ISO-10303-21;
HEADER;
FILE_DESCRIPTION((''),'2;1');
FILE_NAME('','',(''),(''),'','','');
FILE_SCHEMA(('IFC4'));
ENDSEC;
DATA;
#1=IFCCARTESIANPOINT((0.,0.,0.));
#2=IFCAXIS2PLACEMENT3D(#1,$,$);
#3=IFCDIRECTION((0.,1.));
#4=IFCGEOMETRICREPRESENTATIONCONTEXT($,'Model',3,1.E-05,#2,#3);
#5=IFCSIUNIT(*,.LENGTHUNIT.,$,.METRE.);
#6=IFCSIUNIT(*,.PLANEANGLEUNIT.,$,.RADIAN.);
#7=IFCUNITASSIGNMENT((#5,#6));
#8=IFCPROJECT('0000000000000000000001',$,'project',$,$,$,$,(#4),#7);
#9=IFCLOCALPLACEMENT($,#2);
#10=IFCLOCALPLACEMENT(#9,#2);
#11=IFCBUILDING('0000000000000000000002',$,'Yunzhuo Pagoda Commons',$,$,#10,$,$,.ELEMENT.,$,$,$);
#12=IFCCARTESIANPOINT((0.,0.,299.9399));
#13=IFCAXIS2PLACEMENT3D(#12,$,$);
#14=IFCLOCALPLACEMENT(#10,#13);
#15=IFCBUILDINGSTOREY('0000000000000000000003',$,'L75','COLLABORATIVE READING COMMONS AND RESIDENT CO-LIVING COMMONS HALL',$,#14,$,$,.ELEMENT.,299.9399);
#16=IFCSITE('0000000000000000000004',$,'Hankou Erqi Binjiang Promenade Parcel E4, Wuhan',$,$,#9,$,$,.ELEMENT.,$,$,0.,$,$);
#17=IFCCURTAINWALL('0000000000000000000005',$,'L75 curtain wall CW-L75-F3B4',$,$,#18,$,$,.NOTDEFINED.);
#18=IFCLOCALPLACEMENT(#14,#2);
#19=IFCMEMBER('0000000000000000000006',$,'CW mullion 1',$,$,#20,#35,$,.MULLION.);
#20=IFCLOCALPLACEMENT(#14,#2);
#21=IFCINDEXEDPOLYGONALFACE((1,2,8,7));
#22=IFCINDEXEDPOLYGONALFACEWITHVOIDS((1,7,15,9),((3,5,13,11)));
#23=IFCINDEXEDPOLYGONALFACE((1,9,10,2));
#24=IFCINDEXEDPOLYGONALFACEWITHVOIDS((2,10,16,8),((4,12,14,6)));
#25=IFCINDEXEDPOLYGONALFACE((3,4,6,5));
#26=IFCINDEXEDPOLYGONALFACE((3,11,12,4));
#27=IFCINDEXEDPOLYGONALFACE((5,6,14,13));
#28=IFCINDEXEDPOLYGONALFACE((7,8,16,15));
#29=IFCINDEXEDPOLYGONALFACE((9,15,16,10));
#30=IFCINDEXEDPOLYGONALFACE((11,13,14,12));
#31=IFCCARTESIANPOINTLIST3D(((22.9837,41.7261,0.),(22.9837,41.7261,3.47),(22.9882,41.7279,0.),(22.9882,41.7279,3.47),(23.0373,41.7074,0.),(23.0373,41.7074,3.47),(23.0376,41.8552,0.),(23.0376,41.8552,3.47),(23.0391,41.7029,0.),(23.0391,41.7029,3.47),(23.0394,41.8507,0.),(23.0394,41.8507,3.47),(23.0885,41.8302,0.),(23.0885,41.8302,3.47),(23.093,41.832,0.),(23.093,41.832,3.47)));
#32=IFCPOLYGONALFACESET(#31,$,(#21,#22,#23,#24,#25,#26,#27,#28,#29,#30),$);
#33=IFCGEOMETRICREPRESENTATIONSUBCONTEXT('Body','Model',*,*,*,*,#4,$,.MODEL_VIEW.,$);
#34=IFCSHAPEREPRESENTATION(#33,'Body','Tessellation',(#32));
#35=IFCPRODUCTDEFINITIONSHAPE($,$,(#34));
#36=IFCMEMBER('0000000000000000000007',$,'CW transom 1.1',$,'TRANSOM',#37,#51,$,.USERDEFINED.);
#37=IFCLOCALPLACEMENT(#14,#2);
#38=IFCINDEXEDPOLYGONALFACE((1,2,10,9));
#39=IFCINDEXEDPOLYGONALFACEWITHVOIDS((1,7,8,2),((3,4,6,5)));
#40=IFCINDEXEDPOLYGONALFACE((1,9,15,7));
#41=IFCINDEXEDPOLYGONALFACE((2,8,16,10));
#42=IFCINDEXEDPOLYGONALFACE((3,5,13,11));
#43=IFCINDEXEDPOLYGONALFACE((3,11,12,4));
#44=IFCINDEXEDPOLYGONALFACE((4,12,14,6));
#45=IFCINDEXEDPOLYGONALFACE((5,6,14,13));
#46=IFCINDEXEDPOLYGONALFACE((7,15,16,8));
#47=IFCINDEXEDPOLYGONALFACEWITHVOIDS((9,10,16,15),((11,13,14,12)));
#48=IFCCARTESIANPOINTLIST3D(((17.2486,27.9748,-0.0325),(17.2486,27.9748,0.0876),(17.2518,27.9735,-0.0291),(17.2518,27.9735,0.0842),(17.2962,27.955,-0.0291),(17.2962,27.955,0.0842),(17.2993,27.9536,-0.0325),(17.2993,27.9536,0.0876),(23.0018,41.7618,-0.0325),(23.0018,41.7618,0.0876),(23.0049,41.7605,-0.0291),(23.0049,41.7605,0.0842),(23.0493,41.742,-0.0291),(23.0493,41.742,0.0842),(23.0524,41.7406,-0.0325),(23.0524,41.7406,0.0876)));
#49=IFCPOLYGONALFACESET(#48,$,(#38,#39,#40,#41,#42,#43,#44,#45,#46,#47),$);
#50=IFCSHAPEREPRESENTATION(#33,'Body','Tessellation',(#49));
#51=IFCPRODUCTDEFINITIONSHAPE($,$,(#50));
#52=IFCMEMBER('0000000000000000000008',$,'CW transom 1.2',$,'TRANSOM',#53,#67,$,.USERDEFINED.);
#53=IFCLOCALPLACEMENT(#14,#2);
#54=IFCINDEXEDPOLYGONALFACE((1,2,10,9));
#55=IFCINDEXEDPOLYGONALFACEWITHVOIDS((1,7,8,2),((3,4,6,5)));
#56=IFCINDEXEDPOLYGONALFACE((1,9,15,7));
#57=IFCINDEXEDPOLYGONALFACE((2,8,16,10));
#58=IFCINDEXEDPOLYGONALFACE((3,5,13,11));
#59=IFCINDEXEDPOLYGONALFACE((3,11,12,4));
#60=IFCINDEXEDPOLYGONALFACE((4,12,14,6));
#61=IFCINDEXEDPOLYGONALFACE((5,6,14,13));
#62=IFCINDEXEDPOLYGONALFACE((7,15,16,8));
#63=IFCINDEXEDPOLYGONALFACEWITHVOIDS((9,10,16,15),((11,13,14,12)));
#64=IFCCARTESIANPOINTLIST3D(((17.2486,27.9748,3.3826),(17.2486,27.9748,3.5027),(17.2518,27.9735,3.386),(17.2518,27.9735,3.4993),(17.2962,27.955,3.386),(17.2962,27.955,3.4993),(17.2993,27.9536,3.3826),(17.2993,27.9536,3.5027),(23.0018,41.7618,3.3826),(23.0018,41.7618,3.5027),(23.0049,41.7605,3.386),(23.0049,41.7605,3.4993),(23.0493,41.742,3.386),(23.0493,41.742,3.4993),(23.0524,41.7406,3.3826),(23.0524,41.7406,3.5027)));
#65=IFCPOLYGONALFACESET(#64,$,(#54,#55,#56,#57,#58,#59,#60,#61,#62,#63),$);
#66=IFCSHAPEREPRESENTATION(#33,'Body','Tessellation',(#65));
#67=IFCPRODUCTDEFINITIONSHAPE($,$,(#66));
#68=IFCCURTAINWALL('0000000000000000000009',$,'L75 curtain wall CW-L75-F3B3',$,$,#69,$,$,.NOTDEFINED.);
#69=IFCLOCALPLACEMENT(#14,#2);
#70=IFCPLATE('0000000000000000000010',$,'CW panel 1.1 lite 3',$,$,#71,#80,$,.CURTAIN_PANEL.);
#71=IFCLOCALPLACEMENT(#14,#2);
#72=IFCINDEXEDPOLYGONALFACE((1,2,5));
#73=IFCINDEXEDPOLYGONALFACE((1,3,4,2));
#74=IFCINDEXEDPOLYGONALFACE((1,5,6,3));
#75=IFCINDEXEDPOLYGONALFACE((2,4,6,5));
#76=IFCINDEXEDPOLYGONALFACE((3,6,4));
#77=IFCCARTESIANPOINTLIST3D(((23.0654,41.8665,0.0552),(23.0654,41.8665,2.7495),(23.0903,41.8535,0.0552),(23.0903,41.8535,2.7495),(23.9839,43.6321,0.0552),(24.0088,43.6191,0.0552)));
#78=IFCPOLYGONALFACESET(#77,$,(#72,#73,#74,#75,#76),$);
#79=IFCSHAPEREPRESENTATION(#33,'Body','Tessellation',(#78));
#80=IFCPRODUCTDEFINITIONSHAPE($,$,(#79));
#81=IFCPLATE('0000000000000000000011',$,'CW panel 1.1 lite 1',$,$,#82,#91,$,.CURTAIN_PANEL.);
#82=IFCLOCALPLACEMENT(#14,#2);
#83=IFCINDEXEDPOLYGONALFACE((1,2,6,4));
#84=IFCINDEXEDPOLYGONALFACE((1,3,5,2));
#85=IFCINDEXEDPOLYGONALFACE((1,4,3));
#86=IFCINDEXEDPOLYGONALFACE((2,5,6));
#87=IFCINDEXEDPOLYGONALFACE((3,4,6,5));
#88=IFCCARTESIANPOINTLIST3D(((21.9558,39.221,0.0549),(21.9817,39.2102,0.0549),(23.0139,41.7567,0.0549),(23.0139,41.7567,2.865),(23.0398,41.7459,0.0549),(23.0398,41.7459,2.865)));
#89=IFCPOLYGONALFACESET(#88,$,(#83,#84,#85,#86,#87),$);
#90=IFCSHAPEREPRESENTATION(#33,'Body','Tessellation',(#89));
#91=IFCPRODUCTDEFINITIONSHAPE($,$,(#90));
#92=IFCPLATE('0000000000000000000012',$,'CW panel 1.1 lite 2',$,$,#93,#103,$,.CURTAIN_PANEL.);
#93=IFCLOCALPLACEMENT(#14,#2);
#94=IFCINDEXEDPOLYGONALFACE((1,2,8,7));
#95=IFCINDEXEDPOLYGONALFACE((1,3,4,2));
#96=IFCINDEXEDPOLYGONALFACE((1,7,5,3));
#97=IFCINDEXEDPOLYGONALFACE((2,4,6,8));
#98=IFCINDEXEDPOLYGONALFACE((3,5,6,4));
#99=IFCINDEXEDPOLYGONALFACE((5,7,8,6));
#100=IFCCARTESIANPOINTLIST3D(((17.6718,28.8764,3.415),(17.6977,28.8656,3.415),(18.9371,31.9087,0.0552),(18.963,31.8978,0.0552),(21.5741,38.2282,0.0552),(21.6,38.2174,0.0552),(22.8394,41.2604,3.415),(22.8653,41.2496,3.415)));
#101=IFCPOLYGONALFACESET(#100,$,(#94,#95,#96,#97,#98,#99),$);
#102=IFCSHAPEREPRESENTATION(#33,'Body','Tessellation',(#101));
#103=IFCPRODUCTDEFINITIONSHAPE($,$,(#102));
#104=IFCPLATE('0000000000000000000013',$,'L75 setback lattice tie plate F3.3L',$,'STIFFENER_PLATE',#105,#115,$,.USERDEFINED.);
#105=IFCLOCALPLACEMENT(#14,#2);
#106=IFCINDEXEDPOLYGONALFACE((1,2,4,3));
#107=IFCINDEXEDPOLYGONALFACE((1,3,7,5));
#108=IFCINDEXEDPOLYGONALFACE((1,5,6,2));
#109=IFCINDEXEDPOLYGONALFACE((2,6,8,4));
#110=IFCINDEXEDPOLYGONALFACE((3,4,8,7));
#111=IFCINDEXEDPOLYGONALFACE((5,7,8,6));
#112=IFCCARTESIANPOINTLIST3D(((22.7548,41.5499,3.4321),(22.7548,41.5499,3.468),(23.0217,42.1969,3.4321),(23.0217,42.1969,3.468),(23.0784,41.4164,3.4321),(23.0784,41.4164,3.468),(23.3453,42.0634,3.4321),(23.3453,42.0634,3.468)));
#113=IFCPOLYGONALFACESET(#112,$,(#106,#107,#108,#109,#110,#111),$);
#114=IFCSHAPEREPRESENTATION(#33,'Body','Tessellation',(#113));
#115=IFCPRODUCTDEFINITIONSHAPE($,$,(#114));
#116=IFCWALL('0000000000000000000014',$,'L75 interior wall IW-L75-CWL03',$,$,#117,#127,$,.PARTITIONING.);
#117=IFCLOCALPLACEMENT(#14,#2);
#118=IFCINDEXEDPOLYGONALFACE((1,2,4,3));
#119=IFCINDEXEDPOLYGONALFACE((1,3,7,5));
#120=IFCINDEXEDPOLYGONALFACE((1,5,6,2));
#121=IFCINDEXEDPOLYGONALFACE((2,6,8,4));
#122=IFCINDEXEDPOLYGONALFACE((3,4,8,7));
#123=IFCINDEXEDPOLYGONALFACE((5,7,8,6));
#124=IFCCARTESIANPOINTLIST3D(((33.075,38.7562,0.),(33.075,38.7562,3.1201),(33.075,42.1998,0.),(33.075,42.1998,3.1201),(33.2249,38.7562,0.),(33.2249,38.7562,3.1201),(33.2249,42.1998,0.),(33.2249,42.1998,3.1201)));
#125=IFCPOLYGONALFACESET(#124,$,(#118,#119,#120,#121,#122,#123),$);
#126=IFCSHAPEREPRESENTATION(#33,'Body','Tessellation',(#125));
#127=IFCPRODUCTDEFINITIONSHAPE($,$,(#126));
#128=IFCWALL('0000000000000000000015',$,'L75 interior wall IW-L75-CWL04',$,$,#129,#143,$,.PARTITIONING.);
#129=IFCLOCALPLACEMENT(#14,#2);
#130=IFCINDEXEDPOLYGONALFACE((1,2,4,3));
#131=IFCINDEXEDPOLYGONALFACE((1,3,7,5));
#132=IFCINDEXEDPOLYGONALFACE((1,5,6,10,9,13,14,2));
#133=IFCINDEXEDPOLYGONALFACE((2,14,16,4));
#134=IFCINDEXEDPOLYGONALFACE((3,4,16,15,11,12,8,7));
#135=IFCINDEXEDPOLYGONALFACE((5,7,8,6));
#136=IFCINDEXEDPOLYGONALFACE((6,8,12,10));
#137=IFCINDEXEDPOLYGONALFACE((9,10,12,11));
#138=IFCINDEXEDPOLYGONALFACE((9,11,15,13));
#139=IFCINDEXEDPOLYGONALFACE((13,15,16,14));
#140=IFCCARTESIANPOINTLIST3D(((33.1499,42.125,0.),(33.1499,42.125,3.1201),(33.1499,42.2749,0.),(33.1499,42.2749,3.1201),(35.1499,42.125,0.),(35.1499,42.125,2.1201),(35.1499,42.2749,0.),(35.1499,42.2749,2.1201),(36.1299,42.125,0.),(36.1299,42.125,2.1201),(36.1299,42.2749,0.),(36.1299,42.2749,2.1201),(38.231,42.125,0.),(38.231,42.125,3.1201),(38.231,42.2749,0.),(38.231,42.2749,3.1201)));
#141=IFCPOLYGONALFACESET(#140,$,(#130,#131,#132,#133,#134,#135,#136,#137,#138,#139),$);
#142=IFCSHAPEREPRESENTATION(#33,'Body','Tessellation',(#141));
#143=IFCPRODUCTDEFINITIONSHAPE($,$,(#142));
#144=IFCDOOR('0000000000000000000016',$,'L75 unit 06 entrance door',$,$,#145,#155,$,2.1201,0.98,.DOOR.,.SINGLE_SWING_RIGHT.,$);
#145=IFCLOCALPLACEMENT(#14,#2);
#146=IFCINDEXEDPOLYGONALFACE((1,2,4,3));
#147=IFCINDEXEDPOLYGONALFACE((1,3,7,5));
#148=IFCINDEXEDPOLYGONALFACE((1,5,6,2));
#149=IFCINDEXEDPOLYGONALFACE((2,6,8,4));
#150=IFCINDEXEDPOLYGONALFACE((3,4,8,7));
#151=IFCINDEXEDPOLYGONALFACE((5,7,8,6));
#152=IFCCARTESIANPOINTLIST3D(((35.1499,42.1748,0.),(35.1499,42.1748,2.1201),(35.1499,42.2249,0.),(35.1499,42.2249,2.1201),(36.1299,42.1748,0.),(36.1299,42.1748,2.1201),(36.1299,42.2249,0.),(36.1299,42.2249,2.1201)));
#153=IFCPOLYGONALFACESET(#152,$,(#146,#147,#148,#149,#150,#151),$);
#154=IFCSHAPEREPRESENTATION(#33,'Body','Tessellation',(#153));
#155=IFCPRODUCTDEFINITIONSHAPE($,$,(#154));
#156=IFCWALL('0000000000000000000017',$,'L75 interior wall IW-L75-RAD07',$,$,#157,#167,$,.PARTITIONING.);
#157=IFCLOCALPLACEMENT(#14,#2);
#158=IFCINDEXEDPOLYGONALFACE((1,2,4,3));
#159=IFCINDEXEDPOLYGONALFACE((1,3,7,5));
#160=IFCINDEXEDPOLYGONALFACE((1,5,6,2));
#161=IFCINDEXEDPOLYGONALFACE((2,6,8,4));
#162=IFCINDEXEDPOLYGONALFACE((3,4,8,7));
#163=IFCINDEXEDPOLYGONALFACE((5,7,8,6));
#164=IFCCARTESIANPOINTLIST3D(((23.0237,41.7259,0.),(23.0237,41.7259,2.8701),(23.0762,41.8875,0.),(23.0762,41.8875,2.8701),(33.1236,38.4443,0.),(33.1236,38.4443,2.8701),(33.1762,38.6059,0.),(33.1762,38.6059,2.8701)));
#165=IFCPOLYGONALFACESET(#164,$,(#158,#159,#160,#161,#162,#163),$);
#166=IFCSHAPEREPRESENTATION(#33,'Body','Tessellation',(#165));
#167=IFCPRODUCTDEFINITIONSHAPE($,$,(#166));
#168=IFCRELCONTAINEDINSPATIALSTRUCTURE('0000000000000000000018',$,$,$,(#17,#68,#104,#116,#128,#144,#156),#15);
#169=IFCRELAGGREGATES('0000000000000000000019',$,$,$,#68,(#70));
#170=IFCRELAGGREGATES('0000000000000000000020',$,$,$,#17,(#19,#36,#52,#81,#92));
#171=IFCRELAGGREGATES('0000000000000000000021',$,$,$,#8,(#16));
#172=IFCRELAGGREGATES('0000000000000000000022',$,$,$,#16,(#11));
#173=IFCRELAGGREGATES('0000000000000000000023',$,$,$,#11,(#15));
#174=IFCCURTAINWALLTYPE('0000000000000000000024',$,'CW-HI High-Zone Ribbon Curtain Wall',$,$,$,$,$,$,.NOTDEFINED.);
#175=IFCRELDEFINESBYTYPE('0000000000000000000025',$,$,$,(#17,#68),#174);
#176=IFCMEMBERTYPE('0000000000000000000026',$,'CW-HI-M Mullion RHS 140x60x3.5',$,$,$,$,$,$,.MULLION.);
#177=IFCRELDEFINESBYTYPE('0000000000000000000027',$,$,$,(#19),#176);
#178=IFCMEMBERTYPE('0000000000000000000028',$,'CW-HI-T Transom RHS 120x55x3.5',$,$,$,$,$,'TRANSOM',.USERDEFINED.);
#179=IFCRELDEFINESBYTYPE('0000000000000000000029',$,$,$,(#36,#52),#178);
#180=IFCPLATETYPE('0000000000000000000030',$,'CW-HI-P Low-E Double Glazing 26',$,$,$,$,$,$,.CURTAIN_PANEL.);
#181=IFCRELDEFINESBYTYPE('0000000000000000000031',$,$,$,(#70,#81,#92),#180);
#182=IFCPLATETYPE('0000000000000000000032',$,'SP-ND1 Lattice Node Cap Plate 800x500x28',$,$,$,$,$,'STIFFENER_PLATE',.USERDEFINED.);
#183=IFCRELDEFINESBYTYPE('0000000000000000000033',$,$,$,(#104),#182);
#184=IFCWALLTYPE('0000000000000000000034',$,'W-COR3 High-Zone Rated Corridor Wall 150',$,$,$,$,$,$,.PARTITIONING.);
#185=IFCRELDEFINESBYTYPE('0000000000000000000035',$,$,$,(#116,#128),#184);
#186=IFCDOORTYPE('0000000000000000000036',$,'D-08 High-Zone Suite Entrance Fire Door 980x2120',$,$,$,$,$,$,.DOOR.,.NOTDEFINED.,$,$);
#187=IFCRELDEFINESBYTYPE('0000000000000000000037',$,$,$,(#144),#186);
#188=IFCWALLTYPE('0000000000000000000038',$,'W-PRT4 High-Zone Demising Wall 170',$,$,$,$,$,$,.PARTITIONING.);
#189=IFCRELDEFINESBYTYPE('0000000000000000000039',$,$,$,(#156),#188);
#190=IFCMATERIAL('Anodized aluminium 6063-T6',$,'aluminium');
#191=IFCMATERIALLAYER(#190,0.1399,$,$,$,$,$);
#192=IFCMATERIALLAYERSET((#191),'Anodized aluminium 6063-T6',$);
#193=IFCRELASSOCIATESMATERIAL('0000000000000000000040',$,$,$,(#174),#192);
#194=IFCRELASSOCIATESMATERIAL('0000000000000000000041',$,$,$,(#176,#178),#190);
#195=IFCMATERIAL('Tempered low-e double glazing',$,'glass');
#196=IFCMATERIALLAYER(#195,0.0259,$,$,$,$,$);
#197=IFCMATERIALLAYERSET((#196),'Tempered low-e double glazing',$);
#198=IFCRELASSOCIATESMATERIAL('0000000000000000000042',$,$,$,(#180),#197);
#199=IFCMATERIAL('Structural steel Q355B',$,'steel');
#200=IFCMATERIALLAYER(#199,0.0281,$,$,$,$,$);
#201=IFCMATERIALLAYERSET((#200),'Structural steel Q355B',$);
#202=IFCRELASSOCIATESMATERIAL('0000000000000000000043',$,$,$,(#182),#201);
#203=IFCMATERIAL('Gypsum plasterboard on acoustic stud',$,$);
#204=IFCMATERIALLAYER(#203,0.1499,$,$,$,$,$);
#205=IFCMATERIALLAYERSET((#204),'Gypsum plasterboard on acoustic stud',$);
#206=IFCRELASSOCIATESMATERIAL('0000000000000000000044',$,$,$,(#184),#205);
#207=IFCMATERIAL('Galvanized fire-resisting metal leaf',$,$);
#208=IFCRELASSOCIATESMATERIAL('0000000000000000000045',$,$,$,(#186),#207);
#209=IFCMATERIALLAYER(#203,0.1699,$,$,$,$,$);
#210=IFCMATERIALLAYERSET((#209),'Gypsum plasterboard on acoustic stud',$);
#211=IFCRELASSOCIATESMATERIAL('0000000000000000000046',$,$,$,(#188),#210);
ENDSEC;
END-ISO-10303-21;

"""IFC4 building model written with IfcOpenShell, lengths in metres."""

from ifc_helpers import new_model, si_unit, direction, frame, frame_2d, origin, origin_with_axes, origin_2d, place, context, subcontext, project, spatial, polyline, rectangle, hollow_rectangle, outline, extrude, source, transform, mapped, material, layer, layer_set, material_profile, profile_set, type_object, element, fill, aggregate, save


model = new_model("IFC4")

# Units and contexts
model_context = context("Model", 3, precision=1e-05, world=origin(), true_north=direction((0.0, 1.0)))
body_context = subcontext(model_context, "Body", "Model", "MODEL_VIEW")
ifc_project = project(units=[si_unit("LENGTHUNIT", "METRE"), si_unit("PLANEANGLEUNIT", "RADIAN")], contexts=[model_context])

# Site, building, storey
site_placement = place(None, origin())
site = spatial("IfcSite", under=ifc_project, at=site_placement, Name="Hankou Erqi Binjiang Promenade Parcel E4, Wuhan", CompositionType="ELEMENT", RefElevation=0.0)
building_placement = place(site_placement, origin())
building = spatial("IfcBuilding", under=site, at=building_placement, Name="Yunzhuo Pagoda Commons", CompositionType="ELEMENT")
storey_placement = place(building_placement, frame((0.0, 0.0, 299.9399)))
storey = spatial("IfcBuildingStorey", under=building, at=storey_placement, Name="L75", Description="COLLABORATIVE READING COMMONS AND RESIDENT CO-LIVING COMMONS HALL", CompositionType="ELEMENT", Elevation=299.9399)

# Shared definitions
ifc_material_1 = material(Name="Structural steel Q355B", Category="steel")

# Curtain wall, members
ifc_material_2 = material(Name="Anodized aluminium 6063-T6", Category="aluminium")
ifc_layer_1 = layer(ifc_material_2, 0.1399)
ifc_layer_set_1 = layer_set([ifc_layer_1], Name="Anodized aluminium 6063-T6")
curtain_wall_type = type_object("IfcCurtainWallType", Name="CW-HI High-Zone Ribbon Curtain Wall", PredefinedType="NOTDEFINED", material=ifc_layer_set_1)
curtain_wall_1_placement = place(storey_placement, origin())
curtain_wall_1 = element("IfcCurtainWall", 1, at=curtain_wall_1_placement, inside=storey, type_object=curtain_wall_type, Name="L75 curtain wall CW-L75-F3B4", PredefinedType="NOTDEFINED")
ifc_material_profile_1 = material_profile(ifc_material_2, hollow_rectangle(XDim=0.0601, YDim=0.1399, WallThickness=0.0034, at=origin_2d()), Name="Anodized aluminium 6063-T6")
ifc_profile_set_1 = profile_set([ifc_material_profile_1], Name="Anodized aluminium 6063-T6")
member_type_1 = type_object("IfcMemberType", Name="CW-HI-M Mullion RHS 140x60x3.5", PredefinedType="MULLION", material=ifc_profile_set_1)
shared_shape_1 = source(origin(), body_context, "Body", "SweptSolid", [
    extrude(hollow_rectangle(XDim=0.0601, YDim=0.1399, WallThickness=0.0034, at=origin_2d()), origin(), (0.0, 0.0, 1.0), 3.47),
])
member_1_placement = place(storey_placement, frame((23.0383, 41.7791, 0.0), z_axis=(0.0, 0.0, 1.0), x_axis=(0.922876, -0.385097, 0.0)))
member_1 = element("IfcMember", 2, at=member_1_placement, type_object=member_type_1, Name="CW mullion 1", PredefinedType="MULLION", context=body_context, shape_type="MappedRepresentation", body=[
    mapped(shared_shape_1, transform((0.0, 0.0, 0.0), scale=1.0)),
])
ifc_material_profile_2 = material_profile(ifc_material_2, hollow_rectangle(XDim=0.0549, YDim=0.1201, WallThickness=0.0034, at=origin_2d()), Name="Anodized aluminium 6063-T6")
ifc_profile_set_2 = profile_set([ifc_material_profile_2], Name="Anodized aluminium 6063-T6")
member_type_2 = type_object("IfcMemberType", Name="CW-HI-T Transom RHS 120x55x3.5", ElementType="TRANSOM", PredefinedType="USERDEFINED", material=ifc_profile_set_2)
shared_shape_2 = source(origin(), body_context, "Body", "SweptSolid", [
    extrude(hollow_rectangle(XDim=0.0549, YDim=0.1201, WallThickness=0.0034, at=origin_2d()), origin(), (0.0, 0.0, 1.0), 14.9392),
])
member_2_placement = place(storey_placement, frame((23.0271, 41.7512, 0.0276), z_axis=(-0.385103, -0.922874, 0.0), x_axis=(0.922874, -0.385103, 0.0)))
member_2 = element("IfcMember", 3, at=member_2_placement, type_object=member_type_2, Name="CW transom 1.1", ObjectType="TRANSOM", PredefinedType="USERDEFINED", context=body_context, shape_type="MappedRepresentation", body=[
    mapped(shared_shape_2, transform((0.0, 0.0, 0.0), scale=1.0)),
])
member_3_placement = place(storey_placement, frame((23.0271, 41.7512, 3.4426), z_axis=(-0.385103, -0.922874, 0.0), x_axis=(0.922874, -0.385103, 0.0)))
member_3 = element("IfcMember", 4, at=member_3_placement, type_object=member_type_2, Name="CW transom 1.2", ObjectType="TRANSOM", PredefinedType="USERDEFINED", context=body_context, shape_type="MappedRepresentation", body=[
    mapped(shared_shape_2, transform((0.0, 0.0, 0.0), scale=1.0)),
])

# Curtain wall, plate
curtain_wall_2_placement = place(storey_placement, origin())
curtain_wall_2 = element("IfcCurtainWall", 5, at=curtain_wall_2_placement, inside=storey, type_object=curtain_wall_type, Name="L75 curtain wall CW-L75-F3B3", PredefinedType="NOTDEFINED")
ifc_material_3 = material(Name="Tempered low-e double glazing", Category="glass")
ifc_layer_2 = layer(ifc_material_3, 0.0259)
ifc_layer_set_2 = layer_set([ifc_layer_2], Name="Tempered low-e double glazing")
plate_type_1 = type_object("IfcPlateType", Name="CW-HI-P Low-E Double Glazing 26", PredefinedType="CURTAIN_PANEL", material=ifc_layer_set_2)
plate_1_placement = place(storey_placement, frame((23.5496, 42.7363, 1.4023), z_axis=(-0.887137, 0.461505, 0.0), x_axis=(-0.461505, -0.887137, 0.0)))
plate_1 = element("IfcPlate", 6, at=plate_1_placement, type_object=plate_type_1, Name="CW panel 1.1 lite 3", PredefinedType="CURTAIN_PANEL", context=body_context, shape_type="SweptSolid", body=[
    extrude(outline(polyline([(-0.9951, -1.3472), (0.9951, -1.3472), (0.9951, 1.3472), (-0.9951, -1.3472)])), origin(), (0.0, 0.0, 1.0), 0.0281),
])
aggregate(curtain_wall_2, [plate_1])

# Plates
plate_2_placement = place(storey_placement, frame((22.5107, 40.478, 1.46), z_axis=(-0.922876, 0.385097, 0.0), x_axis=(-0.385097, -0.922876, 0.0)))
plate_2 = element("IfcPlate", 7, at=plate_2_placement, type_object=plate_type_1, Name="CW panel 1.1 lite 1", PredefinedType="CURTAIN_PANEL", context=body_context, shape_type="SweptSolid", body=[
    extrude(outline(polyline([(-1.3738, -1.405), (1.3738, -1.405), (-1.3738, 1.405), (-1.3738, -1.405)])), origin(), (0.0, 0.0, 1.0), 0.0281),
])
plate_3_placement = place(storey_placement, frame((20.2815, 35.0576, 1.7351), z_axis=(-0.922876, 0.385097, 0.0), x_axis=(-0.385097, -0.922876, 0.0)))
plate_3 = element("IfcPlate", 8, at=plate_3_placement, type_object=plate_type_1, Name="CW panel 1.1 lite 2", PredefinedType="CURTAIN_PANEL", context=body_context, shape_type="SweptSolid", body=[
    extrude(outline(polyline([(-6.7095, 1.6799), (-3.4238, -1.6799), (3.4238, -1.6799), (6.7095, 1.6799), (-6.7095, 1.6799)])), origin(), (0.0, 0.0, 1.0), 0.0281),
])
aggregate(curtain_wall_1, [member_1, member_2, member_3, plate_2, plate_3])
ifc_layer_3 = layer(ifc_material_1, 0.0281)
ifc_layer_set_3 = layer_set([ifc_layer_3], Name="Structural steel Q355B")
plate_type_2 = type_object("IfcPlateType", Name="SP-ND1 Lattice Node Cap Plate 800x500x28", ElementType="STIFFENER_PLATE", PredefinedType="USERDEFINED", material=ifc_layer_set_3)
shared_shape_3 = source(origin(), body_context, "Body", "SweptSolid", [
    extrude(rectangle(XDim=0.7, YDim=0.3501, at=origin_2d()), origin(), (0.0, 0.0, 1.0), 0.0359),
])
plate_4_placement = place(storey_placement, frame((23.05, 41.8066, 3.4321), z_axis=(0.0, 0.0, 1.0), x_axis=(-0.381345, -0.924433, 0.0)))
element("IfcPlate", 9, at=plate_4_placement, inside=storey, type_object=plate_type_2, Name="L75 setback lattice tie plate F3.3L", ObjectType="STIFFENER_PLATE", PredefinedType="USERDEFINED", context=body_context, shape_type="MappedRepresentation", body=[
    mapped(shared_shape_3, transform((0.0, 0.0, 0.0), scale=1.0)),
])

# Wall
ifc_material_4 = material(Name="Gypsum plasterboard on acoustic stud")
ifc_layer_4 = layer(ifc_material_4, 0.1499)
ifc_layer_set_4 = layer_set([ifc_layer_4], Name="Gypsum plasterboard on acoustic stud")
wall_type_1 = type_object("IfcWallType", Name="W-COR3 High-Zone Rated Corridor Wall 150", PredefinedType="PARTITIONING", material=ifc_layer_set_4)
wall_1_placement = place(storey_placement, frame((33.1499, 38.7563, 0.0), z_axis=(0.0, 0.0, 1.0), x_axis=(0.0, 1.0, 0.0)))
element("IfcWall", 10, at=wall_1_placement, inside=storey, type_object=wall_type_1, Name="L75 interior wall IW-L75-CWL03", PredefinedType="PARTITIONING", context=body_context, shape_type="SweptSolid", body=[
    extrude(rectangle(XDim=3.4436, YDim=0.1499, at=frame_2d((1.7217, 0.0))), origin(), (0.0, 0.0, 1.0), 3.1201),
])

# Wall, opening, door
wall_2_placement = place(storey_placement, frame((33.1499, 42.2, 0.0), z_axis=(0.0, 0.0, 1.0), x_axis=(1.0, 0.0, 0.0)))
wall_2 = element("IfcWall", 11, at=wall_2_placement, inside=storey, type_object=wall_type_1, Name="L75 interior wall IW-L75-CWL04", PredefinedType="PARTITIONING", context=body_context, shape_type="SweptSolid", body=[
    extrude(rectangle(XDim=5.0811, YDim=0.1499, at=frame_2d((2.5405, 0.0))), origin(), (0.0, 0.0, 1.0), 3.1201),
])
opening_placement = place(wall_2_placement, frame((2.0, 0.0, 0.0)))
opening = element("IfcOpeningElement", 12, at=opening_placement, cuts=wall_2, PredefinedType="OPENING", context=body_context, shape_type="SweptSolid", body=[
    extrude(rectangle(XDim=0.98, YDim=2.1201, at=frame_2d((0.49, 1.0601))), frame((0.0, 0.085, 0.0), z_axis=(0.0, -1.0, 0.0), x_axis=(1.0, 0.0, 0.0)), (0.0, 0.0, 1.0), 0.1699),
])
ifc_material_5 = material(Name="Galvanized fire-resisting metal leaf")
door_type = type_object("IfcDoorType", Name="D-08 High-Zone Suite Entrance Fire Door 980x2120", OperationType="NOTDEFINED", PredefinedType="DOOR", material=ifc_material_5)
shared_shape_4 = source(origin(), body_context, "Body", "SweptSolid", [
    extrude(rectangle(XDim=0.98, YDim=2.1201, at=frame_2d((0.49, 1.0601))), frame((0.0, 0.0249, 0.0), z_axis=(0.0, -1.0, 0.0), x_axis=(1.0, 0.0, 0.0)), (0.0, 0.0, 1.0), 0.05),
])
door_placement = place(opening_placement, origin_with_axes())
door = element("IfcDoor", 13, at=door_placement, inside=storey, type_object=door_type, Name="L75 unit 06 entrance door", OperationType="SINGLE_SWING_RIGHT", OverallHeight=2.1201, OverallWidth=0.98, PredefinedType="DOOR", context=body_context, shape_type="MappedRepresentation", body=[
    mapped(shared_shape_4, transform((0.0, 0.0, 0.0), scale=1.0)),
])
fill(opening, door)

# Wall
ifc_layer_5 = layer(ifc_material_4, 0.1699)
ifc_layer_set_5 = layer_set([ifc_layer_5], Name="Gypsum plasterboard on acoustic stud")
wall_type_2 = type_object("IfcWallType", Name="W-PRT4 High-Zone Demising Wall 170", PredefinedType="PARTITIONING", material=ifc_layer_set_5)
wall_3_placement = place(storey_placement, frame((33.1499, 38.5251, 0.0), z_axis=(0.0, 0.0, 1.0), x_axis=(-0.951061, 0.309004, 0.0)))
element("IfcWall", 14, at=wall_3_placement, inside=storey, type_object=wall_type_2, Name="L75 interior wall IW-L75-RAD07", PredefinedType="PARTITIONING", context=body_context, shape_type="SweptSolid", body=[
    extrude(rectangle(XDim=10.6196, YDim=0.1699, at=frame_2d((5.3098, 0.0))), origin(), (0.0, 0.0, 1.0), 2.8701),
])

save(model, "model.ifc")
